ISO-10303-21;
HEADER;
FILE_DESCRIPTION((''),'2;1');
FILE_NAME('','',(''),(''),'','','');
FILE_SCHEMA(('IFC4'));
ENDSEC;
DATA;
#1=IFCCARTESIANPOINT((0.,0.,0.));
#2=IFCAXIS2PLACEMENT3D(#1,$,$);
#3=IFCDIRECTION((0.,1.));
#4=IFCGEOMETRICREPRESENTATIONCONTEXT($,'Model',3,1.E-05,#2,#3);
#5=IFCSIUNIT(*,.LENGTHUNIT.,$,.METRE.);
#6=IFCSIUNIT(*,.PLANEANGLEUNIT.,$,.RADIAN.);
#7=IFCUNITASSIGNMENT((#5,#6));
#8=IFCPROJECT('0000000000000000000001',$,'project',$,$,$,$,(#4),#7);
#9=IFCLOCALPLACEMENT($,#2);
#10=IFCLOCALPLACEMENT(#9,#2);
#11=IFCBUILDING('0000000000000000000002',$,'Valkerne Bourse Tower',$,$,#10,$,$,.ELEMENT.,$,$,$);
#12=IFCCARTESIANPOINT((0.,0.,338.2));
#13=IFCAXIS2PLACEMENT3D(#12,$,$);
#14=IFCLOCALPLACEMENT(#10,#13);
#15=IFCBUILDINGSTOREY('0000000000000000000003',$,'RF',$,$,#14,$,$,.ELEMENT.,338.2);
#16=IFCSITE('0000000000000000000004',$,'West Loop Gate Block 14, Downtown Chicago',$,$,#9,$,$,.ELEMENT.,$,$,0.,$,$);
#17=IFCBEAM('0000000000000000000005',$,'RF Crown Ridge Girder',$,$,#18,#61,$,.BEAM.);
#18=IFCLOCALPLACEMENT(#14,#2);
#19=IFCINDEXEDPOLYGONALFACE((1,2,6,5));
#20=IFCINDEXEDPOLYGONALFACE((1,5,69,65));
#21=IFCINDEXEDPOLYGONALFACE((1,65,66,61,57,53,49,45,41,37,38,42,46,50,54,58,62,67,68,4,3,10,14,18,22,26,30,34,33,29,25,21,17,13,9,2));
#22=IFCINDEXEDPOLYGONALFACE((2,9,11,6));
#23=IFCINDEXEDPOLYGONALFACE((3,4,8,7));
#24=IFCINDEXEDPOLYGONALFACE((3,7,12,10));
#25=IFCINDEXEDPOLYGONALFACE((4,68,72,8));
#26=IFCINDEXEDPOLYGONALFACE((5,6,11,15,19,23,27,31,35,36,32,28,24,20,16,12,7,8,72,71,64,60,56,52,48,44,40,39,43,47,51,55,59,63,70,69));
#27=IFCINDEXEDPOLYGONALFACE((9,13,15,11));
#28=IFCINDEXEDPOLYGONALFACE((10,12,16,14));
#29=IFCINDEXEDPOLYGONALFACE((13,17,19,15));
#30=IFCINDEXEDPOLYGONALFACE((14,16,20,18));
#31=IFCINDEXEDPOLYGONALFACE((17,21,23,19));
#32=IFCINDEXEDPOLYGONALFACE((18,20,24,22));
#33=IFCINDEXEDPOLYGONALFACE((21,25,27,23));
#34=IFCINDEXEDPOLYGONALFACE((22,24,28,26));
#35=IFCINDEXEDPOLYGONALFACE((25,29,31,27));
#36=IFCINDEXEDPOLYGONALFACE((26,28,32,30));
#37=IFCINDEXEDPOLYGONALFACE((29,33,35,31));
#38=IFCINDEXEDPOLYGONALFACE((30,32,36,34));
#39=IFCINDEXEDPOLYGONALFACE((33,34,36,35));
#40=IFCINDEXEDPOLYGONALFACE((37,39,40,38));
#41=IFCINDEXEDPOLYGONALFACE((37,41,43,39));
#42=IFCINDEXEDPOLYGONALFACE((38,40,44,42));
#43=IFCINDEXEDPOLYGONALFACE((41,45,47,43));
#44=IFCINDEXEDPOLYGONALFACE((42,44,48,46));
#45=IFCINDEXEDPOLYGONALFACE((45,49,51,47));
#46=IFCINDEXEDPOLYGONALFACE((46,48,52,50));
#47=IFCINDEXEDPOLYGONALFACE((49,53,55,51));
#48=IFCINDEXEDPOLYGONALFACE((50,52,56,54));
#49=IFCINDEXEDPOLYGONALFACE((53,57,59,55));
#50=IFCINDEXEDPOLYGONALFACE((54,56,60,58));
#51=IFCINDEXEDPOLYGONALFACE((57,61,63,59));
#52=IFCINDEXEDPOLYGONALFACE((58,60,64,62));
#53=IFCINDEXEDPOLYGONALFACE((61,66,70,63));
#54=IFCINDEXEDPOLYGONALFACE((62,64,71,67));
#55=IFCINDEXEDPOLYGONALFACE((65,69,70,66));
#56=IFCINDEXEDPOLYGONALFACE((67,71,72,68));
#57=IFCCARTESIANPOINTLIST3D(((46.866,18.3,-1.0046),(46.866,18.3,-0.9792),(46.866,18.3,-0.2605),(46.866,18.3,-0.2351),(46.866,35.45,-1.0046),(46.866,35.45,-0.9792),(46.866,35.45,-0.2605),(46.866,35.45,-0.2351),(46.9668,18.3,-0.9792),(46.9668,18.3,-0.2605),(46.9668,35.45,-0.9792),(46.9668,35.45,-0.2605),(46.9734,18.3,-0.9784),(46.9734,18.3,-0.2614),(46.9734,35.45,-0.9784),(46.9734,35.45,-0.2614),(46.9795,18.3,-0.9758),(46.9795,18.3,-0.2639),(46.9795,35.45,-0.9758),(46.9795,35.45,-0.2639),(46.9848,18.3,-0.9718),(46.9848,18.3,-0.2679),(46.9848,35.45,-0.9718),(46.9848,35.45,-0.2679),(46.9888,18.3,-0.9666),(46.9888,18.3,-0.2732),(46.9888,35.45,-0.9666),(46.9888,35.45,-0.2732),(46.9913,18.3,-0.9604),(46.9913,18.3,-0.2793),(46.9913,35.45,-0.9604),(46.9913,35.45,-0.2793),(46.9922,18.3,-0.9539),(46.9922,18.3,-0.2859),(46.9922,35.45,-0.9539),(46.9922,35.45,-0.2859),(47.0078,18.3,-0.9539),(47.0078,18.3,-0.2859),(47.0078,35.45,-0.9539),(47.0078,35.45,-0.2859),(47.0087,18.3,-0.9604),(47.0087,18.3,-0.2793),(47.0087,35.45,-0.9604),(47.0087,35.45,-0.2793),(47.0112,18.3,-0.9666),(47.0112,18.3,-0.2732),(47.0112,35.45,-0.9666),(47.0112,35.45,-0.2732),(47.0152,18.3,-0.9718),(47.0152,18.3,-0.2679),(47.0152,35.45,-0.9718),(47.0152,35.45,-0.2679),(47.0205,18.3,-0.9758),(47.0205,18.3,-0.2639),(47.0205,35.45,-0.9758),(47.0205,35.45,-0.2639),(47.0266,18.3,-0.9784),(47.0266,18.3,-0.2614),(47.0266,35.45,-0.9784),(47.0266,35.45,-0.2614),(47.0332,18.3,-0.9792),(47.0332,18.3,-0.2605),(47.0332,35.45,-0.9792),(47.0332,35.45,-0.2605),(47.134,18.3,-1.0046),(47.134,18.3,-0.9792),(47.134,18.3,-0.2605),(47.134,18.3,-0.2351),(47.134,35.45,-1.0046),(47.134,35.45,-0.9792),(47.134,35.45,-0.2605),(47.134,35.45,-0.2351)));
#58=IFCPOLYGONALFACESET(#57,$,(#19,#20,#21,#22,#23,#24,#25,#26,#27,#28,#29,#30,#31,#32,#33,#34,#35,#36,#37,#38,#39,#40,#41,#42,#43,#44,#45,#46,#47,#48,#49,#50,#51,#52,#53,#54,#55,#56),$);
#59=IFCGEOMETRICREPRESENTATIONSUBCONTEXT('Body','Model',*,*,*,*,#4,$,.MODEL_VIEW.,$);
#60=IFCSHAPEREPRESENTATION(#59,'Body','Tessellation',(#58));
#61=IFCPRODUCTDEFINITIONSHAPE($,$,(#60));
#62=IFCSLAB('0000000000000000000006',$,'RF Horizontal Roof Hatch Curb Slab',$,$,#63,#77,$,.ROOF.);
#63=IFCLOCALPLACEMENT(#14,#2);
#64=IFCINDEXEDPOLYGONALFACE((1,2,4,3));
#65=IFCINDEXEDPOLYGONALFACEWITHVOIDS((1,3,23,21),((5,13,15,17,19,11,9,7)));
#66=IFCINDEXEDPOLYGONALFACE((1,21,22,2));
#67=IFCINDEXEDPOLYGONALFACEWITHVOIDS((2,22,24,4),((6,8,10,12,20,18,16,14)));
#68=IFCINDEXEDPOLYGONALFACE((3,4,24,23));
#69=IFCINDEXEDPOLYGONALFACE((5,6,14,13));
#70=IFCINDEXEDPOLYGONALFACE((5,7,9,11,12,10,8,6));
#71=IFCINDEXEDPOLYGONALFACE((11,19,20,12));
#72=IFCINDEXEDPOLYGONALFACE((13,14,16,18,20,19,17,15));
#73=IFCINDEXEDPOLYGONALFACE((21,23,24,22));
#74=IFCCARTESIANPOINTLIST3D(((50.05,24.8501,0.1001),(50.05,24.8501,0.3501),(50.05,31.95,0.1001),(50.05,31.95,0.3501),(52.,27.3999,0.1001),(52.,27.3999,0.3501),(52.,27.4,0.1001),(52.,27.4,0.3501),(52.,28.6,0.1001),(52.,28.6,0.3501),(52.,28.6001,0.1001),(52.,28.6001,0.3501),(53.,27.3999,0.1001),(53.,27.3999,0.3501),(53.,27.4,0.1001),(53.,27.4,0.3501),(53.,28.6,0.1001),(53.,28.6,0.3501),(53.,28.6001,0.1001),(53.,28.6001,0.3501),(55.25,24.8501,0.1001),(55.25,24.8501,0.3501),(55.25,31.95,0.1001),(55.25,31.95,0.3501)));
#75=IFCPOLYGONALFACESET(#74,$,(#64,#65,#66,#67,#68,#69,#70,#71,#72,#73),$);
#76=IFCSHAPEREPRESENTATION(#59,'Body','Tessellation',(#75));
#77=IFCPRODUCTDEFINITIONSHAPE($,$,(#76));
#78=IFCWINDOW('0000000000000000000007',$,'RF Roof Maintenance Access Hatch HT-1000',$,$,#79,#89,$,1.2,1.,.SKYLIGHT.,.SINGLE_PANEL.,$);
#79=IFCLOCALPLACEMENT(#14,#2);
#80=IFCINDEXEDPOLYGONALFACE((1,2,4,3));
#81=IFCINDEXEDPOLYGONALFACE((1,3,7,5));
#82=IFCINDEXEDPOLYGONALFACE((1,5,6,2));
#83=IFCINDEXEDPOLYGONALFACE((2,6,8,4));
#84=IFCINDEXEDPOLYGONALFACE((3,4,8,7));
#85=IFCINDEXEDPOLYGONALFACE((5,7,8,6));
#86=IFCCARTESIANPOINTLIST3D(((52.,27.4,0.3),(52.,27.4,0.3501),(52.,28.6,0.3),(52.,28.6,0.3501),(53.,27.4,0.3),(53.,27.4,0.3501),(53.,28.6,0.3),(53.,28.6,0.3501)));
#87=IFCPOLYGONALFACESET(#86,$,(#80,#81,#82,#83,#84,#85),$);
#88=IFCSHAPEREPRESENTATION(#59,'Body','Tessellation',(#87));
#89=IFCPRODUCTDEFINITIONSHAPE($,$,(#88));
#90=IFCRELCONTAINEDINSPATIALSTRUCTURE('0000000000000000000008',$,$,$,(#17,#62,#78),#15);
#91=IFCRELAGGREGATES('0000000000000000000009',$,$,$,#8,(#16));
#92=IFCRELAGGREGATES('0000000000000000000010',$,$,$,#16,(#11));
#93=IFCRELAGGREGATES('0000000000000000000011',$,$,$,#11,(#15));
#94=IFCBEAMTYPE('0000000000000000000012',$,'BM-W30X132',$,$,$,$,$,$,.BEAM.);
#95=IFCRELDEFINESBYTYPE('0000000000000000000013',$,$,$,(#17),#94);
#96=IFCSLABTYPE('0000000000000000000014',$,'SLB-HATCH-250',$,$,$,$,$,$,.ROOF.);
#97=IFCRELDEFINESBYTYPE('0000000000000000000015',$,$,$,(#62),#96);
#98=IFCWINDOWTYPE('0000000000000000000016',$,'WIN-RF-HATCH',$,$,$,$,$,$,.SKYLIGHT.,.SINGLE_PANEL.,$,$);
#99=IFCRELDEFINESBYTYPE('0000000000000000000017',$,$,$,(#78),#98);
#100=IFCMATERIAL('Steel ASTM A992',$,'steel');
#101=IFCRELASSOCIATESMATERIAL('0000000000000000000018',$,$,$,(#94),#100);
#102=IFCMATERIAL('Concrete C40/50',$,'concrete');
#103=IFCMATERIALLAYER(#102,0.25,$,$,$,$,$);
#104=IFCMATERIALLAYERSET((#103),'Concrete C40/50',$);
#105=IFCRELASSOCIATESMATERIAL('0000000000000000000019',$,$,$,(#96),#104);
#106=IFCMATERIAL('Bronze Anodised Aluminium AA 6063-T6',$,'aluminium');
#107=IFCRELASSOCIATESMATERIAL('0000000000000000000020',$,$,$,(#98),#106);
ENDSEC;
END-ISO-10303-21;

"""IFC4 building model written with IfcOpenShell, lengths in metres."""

from ifc_helpers import new_model, si_unit, direction, frame, origin, origin_2d, place, context, subcontext, project, spatial, polyline, rectangle, i_section, outline, extrude, material, layer, layer_set, material_profile, profile_set, type_object, element, fill, save


model = new_model("IFC4")

# Units and contexts
model_context = context("Model", 3, precision=1e-05, world=origin(), true_north=direction((0.0, 1.0)))
body_context = subcontext(model_context, "Body", "Model", "MODEL_VIEW")
ifc_project = project(units=[si_unit("LENGTHUNIT", "METRE"), si_unit("PLANEANGLEUNIT", "RADIAN")], contexts=[model_context])

# Site, building, storey
site_placement = place(None, origin())
site = spatial("IfcSite", under=ifc_project, at=site_placement, Name="West Loop Gate Block 14, Downtown Chicago", CompositionType="ELEMENT", RefElevation=0.0)
building_placement = place(site_placement, origin())
building = spatial("IfcBuilding", under=site, at=building_placement, Name="Valkerne Bourse Tower", CompositionType="ELEMENT")
storey_placement = place(building_placement, frame((0.0, 0.0, 338.2)))
storey = spatial("IfcBuildingStorey", under=building, at=storey_placement, Name="RF", CompositionType="ELEMENT", Elevation=338.2)

# Beam
ifc_material_1 = material(Name="Steel ASTM A992", Category="steel")
ifc_material_profile_1 = material_profile(ifc_material_1, i_section(OverallWidth=0.2681, OverallDepth=0.7695, WebThickness=0.0156, FlangeThickness=0.0254, FilletRadius=0.0254, at=origin_2d()), Name="W30X132")
ifc_profile_set_1 = profile_set([ifc_material_profile_1], Name="Steel ASTM A992")
beam_type_1 = type_object("IfcBeamType", Name="BM-W30X132", PredefinedType="BEAM", material=ifc_profile_set_1)
beam_1_placement = place(storey_placement, frame((47.0, 18.3, -0.6199), z_axis=(0.0, 1.0, 0.0), x_axis=(-1.0, 0.0, 0.0)))
element("IfcBeam", 1, at=beam_1_placement, inside=storey, type_object=beam_type_1, Name="RF Crown Ridge Girder", PredefinedType="BEAM", context=body_context, shape_type="SweptSolid", body=[
    extrude(i_section(OverallWidth=0.2681, OverallDepth=0.7695, WebThickness=0.0156, FlangeThickness=0.0254, FilletRadius=0.0254, at=origin_2d()), origin(), (0.0, 0.0, 1.0), 17.1499),
])

# Slab, opening, window
ifc_material_2 = material(Name="Concrete C40/50", Category="concrete")
ifc_layer = layer(ifc_material_2, 0.25)
ifc_layer_set = layer_set([ifc_layer], Name="Concrete C40/50")
slab_type = type_object("IfcSlabType", Name="SLB-HATCH-250", PredefinedType="ROOF", material=ifc_layer_set)
slab_placement = place(storey_placement, frame((0.0, 0.0, 0.1001)))
slab = element("IfcSlab", 2, at=slab_placement, inside=storey, type_object=slab_type, Name="RF Horizontal Roof Hatch Curb Slab", PredefinedType="ROOF", context=body_context, shape_type="SweptSolid", body=[
    extrude(outline(polyline([(50.05, 24.8501), (55.25, 24.8501), (55.25, 31.95), (50.05, 31.95), (50.05, 24.8501)]), holes=[polyline([(52.0, 27.3999), (53.0, 27.3999), (53.0, 28.6001), (52.0, 28.6001), (52.0, 27.3999)])]), origin(), (0.0, 0.0, 1.0), 0.25),
])
opening_placement = place(slab_placement, frame((52.5, 28.0, 0.0)))
opening = element("IfcOpeningElement", 3, at=opening_placement, cuts=slab, PredefinedType="OPENING", context=body_context, shape_type="SweptSolid", body=[
    extrude(rectangle(XDim=1.0, YDim=1.2, at=origin_2d()), origin(), (0.0, 0.0, 1.0), 0.25),
])
ifc_material_3 = material(Name="Bronze Anodised Aluminium AA 6063-T6", Category="aluminium")
window_type = type_object("IfcWindowType", Name="WIN-RF-HATCH", PartitioningType="SINGLE_PANEL", PredefinedType="SKYLIGHT", material=ifc_material_3)
window_placement = place(opening_placement, frame((0.0, 0.0, 0.2)))
window = element("IfcWindow", 4, at=window_placement, inside=storey, type_object=window_type, Name="RF Roof Maintenance Access Hatch HT-1000", OverallHeight=1.2, OverallWidth=1.0, PartitioningType="SINGLE_PANEL", PredefinedType="SKYLIGHT", context=body_context, shape_type="SweptSolid", body=[
    extrude(rectangle(XDim=1.0, YDim=1.2, at=origin_2d()), origin(), (0.0, 0.0, 1.0), 0.05),
])
fill(opening, window)

save(model, "model.ifc")
